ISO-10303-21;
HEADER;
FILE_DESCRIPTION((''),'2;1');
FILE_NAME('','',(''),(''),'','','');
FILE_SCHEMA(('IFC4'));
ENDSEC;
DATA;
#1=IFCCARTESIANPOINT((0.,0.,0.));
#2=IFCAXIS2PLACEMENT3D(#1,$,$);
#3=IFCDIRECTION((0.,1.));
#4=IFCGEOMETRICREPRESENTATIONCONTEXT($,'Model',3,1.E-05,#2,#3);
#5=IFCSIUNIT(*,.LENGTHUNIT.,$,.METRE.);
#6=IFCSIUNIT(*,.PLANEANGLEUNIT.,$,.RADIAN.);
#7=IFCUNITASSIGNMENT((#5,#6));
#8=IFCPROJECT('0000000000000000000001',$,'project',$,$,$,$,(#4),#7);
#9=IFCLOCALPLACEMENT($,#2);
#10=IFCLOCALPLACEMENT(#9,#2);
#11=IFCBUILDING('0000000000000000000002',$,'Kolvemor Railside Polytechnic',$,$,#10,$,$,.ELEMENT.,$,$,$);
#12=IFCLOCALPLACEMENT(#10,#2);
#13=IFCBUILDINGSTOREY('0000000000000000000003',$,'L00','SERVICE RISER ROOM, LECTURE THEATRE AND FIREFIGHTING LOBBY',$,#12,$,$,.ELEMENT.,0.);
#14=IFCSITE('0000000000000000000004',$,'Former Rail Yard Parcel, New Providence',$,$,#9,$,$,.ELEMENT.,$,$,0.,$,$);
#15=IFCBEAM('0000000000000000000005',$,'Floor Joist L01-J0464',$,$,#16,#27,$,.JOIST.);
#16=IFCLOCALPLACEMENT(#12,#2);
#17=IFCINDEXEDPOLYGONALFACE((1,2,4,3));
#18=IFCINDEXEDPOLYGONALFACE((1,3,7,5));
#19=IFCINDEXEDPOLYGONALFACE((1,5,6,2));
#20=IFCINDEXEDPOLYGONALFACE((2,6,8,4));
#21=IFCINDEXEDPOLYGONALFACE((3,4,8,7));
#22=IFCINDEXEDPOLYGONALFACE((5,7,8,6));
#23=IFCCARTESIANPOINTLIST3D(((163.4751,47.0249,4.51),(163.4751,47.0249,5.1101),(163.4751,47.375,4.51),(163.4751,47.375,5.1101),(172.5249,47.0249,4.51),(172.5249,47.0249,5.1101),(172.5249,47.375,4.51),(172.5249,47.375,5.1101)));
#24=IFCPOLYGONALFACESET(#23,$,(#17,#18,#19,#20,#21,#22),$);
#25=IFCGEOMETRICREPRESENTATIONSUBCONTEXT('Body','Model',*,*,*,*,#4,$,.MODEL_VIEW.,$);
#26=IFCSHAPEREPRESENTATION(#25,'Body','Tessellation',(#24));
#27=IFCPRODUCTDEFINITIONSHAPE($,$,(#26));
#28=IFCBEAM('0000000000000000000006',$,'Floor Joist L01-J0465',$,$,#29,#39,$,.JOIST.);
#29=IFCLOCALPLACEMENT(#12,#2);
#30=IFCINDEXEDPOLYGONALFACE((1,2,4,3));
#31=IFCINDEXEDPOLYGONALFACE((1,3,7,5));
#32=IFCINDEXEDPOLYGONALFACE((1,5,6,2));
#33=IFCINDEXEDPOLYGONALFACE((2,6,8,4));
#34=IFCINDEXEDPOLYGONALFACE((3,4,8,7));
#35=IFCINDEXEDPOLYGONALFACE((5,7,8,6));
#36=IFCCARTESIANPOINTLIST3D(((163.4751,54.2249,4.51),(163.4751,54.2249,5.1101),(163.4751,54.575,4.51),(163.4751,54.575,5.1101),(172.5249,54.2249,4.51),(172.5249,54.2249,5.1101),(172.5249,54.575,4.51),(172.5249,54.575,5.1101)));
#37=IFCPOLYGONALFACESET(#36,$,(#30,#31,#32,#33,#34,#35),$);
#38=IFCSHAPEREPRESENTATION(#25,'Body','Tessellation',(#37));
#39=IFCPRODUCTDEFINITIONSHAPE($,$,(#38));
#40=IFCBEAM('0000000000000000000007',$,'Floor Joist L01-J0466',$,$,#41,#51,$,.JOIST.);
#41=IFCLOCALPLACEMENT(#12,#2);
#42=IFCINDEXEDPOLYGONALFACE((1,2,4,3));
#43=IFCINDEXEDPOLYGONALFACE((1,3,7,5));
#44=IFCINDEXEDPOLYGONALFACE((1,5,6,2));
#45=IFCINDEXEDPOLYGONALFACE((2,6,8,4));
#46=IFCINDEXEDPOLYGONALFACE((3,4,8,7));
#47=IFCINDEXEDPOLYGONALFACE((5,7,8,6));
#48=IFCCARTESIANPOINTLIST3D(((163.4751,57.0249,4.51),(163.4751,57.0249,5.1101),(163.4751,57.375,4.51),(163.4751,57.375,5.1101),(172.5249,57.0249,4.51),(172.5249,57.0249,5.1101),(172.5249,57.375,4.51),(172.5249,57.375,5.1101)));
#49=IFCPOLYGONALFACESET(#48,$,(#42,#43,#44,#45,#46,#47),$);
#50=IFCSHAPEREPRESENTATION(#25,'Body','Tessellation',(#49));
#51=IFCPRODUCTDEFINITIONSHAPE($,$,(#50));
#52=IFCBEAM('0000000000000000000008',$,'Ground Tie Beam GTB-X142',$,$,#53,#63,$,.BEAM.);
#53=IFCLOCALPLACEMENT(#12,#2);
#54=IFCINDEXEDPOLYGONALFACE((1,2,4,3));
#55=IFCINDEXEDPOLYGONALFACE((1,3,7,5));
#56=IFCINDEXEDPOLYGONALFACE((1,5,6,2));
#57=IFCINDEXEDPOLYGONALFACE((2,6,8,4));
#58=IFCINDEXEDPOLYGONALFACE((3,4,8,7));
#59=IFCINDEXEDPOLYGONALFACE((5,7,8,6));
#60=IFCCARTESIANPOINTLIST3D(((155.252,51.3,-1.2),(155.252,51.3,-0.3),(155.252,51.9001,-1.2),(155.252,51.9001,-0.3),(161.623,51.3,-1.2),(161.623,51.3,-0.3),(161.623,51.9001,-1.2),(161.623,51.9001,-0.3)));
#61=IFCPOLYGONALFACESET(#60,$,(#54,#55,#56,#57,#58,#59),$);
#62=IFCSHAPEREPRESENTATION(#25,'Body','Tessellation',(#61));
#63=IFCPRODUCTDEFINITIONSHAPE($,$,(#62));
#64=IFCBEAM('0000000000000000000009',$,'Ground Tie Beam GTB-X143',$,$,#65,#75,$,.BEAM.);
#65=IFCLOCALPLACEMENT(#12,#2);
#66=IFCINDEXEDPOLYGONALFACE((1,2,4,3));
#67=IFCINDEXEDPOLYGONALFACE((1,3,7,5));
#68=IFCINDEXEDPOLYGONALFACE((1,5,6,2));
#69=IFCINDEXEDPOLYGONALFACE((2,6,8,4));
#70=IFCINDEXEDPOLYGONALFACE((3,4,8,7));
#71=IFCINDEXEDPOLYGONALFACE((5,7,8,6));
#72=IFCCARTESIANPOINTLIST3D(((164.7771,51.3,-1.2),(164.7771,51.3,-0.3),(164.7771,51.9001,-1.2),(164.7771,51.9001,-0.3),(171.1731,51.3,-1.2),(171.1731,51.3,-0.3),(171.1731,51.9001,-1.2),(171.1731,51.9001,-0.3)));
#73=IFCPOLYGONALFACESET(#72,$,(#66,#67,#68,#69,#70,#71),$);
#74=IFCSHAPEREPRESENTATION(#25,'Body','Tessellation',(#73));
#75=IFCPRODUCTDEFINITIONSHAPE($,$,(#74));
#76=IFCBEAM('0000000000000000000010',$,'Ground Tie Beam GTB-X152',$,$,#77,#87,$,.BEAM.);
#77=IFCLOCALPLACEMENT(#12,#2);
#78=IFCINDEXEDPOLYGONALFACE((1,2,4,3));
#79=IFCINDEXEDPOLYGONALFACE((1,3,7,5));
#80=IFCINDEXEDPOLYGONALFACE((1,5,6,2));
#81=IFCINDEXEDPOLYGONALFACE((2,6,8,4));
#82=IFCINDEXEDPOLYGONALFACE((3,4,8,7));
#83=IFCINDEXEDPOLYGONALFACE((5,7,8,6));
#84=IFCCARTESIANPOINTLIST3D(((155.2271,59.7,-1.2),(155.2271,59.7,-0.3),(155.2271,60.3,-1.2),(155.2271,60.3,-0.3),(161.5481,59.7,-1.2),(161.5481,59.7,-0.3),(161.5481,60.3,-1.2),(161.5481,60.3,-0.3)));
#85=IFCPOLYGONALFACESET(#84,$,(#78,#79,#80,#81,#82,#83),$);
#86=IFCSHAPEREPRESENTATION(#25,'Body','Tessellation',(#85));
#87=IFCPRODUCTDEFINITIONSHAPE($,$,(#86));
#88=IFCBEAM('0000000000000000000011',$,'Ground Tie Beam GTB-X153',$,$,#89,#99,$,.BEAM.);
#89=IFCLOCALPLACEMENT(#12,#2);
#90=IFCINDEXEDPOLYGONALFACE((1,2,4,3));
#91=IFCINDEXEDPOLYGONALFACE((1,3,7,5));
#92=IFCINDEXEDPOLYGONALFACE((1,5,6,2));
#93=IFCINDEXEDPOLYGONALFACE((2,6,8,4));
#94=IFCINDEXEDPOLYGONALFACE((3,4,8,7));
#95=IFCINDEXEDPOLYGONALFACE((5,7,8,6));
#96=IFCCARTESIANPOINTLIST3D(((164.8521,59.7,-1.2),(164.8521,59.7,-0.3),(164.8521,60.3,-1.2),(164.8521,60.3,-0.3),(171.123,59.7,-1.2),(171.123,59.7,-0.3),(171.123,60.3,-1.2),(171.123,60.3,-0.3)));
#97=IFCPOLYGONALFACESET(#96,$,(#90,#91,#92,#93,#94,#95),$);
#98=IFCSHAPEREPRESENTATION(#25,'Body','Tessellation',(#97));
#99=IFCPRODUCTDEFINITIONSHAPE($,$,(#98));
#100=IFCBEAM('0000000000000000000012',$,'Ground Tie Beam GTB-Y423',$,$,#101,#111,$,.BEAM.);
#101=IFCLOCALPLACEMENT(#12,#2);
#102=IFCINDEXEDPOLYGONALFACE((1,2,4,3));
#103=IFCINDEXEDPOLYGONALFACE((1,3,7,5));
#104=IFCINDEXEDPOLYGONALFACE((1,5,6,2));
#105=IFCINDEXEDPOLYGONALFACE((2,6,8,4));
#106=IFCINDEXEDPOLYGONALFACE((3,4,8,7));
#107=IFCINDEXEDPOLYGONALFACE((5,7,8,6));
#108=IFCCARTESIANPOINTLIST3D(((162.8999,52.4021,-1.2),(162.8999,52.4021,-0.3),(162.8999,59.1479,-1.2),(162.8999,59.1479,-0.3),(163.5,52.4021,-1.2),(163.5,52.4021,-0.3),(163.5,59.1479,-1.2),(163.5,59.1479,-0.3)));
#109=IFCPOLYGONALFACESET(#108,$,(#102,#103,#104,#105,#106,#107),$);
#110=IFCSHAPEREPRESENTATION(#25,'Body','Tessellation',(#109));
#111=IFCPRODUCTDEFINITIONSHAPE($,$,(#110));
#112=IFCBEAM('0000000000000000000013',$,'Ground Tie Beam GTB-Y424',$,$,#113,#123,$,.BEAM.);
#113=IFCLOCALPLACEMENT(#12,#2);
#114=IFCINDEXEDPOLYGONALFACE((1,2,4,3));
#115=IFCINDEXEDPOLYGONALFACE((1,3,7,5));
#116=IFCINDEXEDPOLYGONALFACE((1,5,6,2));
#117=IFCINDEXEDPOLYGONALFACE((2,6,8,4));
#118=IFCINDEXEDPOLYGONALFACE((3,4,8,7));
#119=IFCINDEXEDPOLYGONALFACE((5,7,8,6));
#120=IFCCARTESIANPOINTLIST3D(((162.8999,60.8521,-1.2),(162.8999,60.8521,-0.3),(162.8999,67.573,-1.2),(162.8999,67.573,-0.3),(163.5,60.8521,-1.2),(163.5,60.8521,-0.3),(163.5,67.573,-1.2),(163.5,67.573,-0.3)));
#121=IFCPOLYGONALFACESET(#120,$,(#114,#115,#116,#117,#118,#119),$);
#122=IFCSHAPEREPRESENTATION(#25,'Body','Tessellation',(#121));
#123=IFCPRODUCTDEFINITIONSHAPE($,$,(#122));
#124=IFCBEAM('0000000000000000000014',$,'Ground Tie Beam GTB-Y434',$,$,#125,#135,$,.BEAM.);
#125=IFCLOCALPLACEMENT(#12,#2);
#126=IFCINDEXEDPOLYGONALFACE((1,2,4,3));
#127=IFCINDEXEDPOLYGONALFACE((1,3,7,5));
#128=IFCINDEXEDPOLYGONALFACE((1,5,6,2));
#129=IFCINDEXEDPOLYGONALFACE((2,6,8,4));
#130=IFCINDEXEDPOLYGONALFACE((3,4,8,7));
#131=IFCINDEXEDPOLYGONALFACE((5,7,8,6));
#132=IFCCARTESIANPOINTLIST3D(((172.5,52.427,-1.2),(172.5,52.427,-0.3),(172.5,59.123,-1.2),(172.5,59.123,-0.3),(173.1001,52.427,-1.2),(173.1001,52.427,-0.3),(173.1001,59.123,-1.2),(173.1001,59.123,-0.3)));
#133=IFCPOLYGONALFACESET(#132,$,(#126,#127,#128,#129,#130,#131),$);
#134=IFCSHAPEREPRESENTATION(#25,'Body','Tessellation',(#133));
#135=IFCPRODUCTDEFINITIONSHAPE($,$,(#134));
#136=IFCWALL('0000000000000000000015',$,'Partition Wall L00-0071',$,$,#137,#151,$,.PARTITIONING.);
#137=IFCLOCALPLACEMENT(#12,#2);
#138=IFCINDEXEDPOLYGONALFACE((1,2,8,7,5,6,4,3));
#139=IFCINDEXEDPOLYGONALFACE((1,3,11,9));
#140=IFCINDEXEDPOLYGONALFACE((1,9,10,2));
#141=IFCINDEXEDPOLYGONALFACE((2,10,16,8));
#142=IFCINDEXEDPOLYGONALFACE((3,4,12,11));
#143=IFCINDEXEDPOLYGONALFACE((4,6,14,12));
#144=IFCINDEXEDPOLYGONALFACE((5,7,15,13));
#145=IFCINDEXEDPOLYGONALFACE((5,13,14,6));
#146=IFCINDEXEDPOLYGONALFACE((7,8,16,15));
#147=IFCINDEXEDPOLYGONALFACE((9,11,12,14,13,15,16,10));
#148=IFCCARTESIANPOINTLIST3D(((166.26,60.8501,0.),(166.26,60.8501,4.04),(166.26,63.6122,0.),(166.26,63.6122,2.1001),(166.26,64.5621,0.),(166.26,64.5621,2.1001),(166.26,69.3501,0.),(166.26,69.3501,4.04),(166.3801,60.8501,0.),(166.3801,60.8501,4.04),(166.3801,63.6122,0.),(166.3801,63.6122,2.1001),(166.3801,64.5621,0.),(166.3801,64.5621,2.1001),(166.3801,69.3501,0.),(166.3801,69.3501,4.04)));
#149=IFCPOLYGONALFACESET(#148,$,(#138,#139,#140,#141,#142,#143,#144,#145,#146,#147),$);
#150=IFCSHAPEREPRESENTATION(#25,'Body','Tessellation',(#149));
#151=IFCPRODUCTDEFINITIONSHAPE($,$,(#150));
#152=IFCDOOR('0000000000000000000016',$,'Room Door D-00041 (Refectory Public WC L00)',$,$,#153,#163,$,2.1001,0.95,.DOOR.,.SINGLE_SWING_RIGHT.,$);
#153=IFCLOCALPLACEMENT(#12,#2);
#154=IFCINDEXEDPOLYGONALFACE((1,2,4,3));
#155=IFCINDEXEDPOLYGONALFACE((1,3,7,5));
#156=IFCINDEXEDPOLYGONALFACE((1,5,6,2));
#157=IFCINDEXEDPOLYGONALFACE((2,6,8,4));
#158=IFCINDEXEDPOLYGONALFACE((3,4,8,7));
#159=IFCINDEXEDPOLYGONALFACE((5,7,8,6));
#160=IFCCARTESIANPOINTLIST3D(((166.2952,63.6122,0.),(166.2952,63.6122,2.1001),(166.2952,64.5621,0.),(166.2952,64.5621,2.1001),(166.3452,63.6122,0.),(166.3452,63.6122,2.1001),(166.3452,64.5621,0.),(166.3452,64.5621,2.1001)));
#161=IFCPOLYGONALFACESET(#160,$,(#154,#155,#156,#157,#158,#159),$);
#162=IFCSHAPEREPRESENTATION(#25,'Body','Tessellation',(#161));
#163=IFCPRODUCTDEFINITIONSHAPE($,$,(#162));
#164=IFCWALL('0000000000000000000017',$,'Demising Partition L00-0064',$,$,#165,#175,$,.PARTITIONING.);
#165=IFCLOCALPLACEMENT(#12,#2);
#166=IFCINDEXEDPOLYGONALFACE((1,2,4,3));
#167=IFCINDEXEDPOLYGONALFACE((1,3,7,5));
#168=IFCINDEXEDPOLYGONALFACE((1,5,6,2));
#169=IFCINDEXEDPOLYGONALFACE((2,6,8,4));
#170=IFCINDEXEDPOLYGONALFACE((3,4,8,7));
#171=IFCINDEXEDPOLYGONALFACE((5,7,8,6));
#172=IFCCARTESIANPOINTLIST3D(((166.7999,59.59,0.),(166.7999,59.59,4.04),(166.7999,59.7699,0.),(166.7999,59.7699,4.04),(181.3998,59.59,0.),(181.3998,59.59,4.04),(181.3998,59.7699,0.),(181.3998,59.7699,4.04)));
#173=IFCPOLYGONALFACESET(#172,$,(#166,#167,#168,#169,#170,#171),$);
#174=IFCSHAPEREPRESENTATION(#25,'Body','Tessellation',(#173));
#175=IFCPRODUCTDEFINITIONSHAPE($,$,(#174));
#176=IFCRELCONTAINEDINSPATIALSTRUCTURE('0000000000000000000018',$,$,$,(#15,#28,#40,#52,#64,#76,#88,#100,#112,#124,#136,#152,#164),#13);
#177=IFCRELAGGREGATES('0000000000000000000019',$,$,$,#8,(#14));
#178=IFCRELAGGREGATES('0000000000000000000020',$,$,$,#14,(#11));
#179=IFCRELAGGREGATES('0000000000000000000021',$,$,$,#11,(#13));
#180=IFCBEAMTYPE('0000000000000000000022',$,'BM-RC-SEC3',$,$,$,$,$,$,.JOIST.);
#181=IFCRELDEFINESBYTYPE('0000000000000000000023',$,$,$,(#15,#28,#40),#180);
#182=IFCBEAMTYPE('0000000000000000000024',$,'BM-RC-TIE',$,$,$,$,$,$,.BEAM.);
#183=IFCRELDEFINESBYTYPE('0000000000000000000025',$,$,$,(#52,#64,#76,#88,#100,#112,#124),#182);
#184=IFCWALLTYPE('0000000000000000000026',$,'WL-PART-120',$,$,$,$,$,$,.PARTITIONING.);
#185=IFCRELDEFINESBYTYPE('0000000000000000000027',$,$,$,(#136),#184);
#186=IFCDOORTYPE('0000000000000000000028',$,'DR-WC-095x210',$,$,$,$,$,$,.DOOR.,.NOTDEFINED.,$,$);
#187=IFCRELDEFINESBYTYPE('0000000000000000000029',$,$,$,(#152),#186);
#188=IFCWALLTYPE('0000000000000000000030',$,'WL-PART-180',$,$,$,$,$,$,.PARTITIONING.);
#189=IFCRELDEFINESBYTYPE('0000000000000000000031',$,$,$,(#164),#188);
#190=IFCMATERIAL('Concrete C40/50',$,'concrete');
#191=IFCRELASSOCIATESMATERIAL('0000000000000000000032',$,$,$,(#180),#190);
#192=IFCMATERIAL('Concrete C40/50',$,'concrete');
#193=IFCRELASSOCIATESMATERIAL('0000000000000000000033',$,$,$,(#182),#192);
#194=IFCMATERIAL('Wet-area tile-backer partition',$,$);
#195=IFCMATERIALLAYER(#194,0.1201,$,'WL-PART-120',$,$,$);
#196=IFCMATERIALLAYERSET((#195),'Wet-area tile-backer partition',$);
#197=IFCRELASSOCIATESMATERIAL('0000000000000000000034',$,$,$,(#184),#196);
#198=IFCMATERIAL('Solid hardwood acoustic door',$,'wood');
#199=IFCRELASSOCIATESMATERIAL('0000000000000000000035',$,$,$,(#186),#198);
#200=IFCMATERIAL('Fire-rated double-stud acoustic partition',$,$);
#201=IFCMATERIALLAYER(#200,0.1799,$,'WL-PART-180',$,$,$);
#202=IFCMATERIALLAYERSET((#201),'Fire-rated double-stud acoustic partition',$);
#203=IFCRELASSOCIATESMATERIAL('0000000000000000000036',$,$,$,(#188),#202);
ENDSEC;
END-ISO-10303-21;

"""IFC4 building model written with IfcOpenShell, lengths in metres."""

from ifc_helpers import new_model, si_unit, direction, frame, frame_2d, origin, origin_2d, place, context, subcontext, project, spatial, rectangle, extrude, material, layer, layer_set, material_profile, profile_set, type_object, element, fill, save


model = new_model("IFC4")

# Units and contexts
model_context = context("Model", 3, precision=1e-05, world=origin(), true_north=direction((0.0, 1.0)))
body_context = subcontext(model_context, "Body", "Model", "MODEL_VIEW")
ifc_project = project(units=[si_unit("LENGTHUNIT", "METRE"), si_unit("PLANEANGLEUNIT", "RADIAN")], contexts=[model_context])

# Site, building, storey
site_placement = place(None, origin())
site = spatial("IfcSite", under=ifc_project, at=site_placement, Name="Former Rail Yard Parcel, New Providence", CompositionType="ELEMENT", RefElevation=0.0)
building_placement = place(site_placement, origin())
building = spatial("IfcBuilding", under=site, at=building_placement, Name="Kolvemor Railside Polytechnic", CompositionType="ELEMENT")
storey_placement = place(building_placement, origin())
storey = spatial("IfcBuildingStorey", under=building, at=storey_placement, Name="L00", Description="SERVICE RISER ROOM, LECTURE THEATRE AND FIREFIGHTING LOBBY", CompositionType="ELEMENT", Elevation=0.0)

# Beams
ifc_material_1 = material(Name="Concrete C40/50", Category="concrete")
ifc_material_profile_1 = material_profile(ifc_material_1, rectangle(XDim=0.3501, YDim=0.6001, at=origin_2d()), Name="RC350x600")
ifc_profile_set_1 = profile_set([ifc_material_profile_1], Name="Concrete C40/50")
beam_type_1 = type_object("IfcBeamType", Name="BM-RC-SEC3", PredefinedType="JOIST", material=ifc_profile_set_1)
for number, where, z_axis, x_axis, name in (
    (1, (163.4751, 47.2, 4.8101), (1.0, 0.0, 0.0), (0.0, 1.0, 0.0), "Floor Joist L01-J0464"),
    (2, (163.4751, 54.3999, 4.8101), (1.0, 0.0, 0.0), (0.0, 1.0, 0.0), "Floor Joist L01-J0465"),
    (3, (163.4751, 57.2, 4.8101), (1.0, 0.0, 0.0), (0.0, 1.0, 0.0), "Floor Joist L01-J0466"),
):
    element("IfcBeam", number, at=place(storey_placement, frame(where, z_axis=z_axis, x_axis=x_axis)), inside=storey, type_object=beam_type_1, Name=name, PredefinedType="JOIST", context=body_context, shape_type="SweptSolid", body=[
        extrude(rectangle(XDim=0.3501, YDim=0.6001, at=origin_2d()), origin(), (0.0, 0.0, 1.0), 9.0498),
    ])
ifc_material_2 = material(Name="Concrete C40/50", Category="concrete")
ifc_material_profile_2 = material_profile(ifc_material_2, rectangle(XDim=0.6001, YDim=0.8999, at=origin_2d()), Name="RC600x900")
ifc_profile_set_2 = profile_set([ifc_material_profile_2], Name="Concrete C40/50")
beam_type_2 = type_object("IfcBeamType", Name="BM-RC-TIE", PredefinedType="BEAM", material=ifc_profile_set_2)
beam_1_placement = place(storey_placement, frame((155.252, 51.6001, -0.75), z_axis=(1.0, 0.0, 0.0), x_axis=(0.0, 1.0, 0.0)))
element("IfcBeam", 4, at=beam_1_placement, inside=storey, type_object=beam_type_2, Name="Ground Tie Beam GTB-X142", PredefinedType="BEAM", context=body_context, shape_type="SweptSolid", body=[
    extrude(rectangle(XDim=0.6001, YDim=0.8999, at=origin_2d()), origin(), (0.0, 0.0, 1.0), 6.3711),
])
beam_2_placement = place(storey_placement, frame((164.7771, 51.6001, -0.75), z_axis=(1.0, 0.0, 0.0), x_axis=(0.0, 1.0, 0.0)))
element("IfcBeam", 5, at=beam_2_placement, inside=storey, type_object=beam_type_2, Name="Ground Tie Beam GTB-X143", PredefinedType="BEAM", context=body_context, shape_type="SweptSolid", body=[
    extrude(rectangle(XDim=0.6001, YDim=0.8999, at=origin_2d()), origin(), (0.0, 0.0, 1.0), 6.396),
])
beam_3_placement = place(storey_placement, frame((155.2271, 60.0, -0.75), z_axis=(1.0, 0.0, 0.0), x_axis=(0.0, 1.0, 0.0)))
element("IfcBeam", 6, at=beam_3_placement, inside=storey, type_object=beam_type_2, Name="Ground Tie Beam GTB-X152", PredefinedType="BEAM", context=body_context, shape_type="SweptSolid", body=[
    extrude(rectangle(XDim=0.6001, YDim=0.8999, at=origin_2d()), origin(), (0.0, 0.0, 1.0), 6.321),
])
beam_4_placement = place(storey_placement, frame((164.8521, 60.0, -0.75), z_axis=(1.0, 0.0, 0.0), x_axis=(0.0, 1.0, 0.0)))
element("IfcBeam", 7, at=beam_4_placement, inside=storey, type_object=beam_type_2, Name="Ground Tie Beam GTB-X153", PredefinedType="BEAM", context=body_context, shape_type="SweptSolid", body=[
    extrude(rectangle(XDim=0.6001, YDim=0.8999, at=origin_2d()), origin(), (0.0, 0.0, 1.0), 6.271),
])
beam_5_placement = place(storey_placement, frame((163.2, 52.4021, -0.75), z_axis=(0.0, 1.0, 0.0), x_axis=(-1.0, 0.0, 0.0)))
element("IfcBeam", 8, at=beam_5_placement, inside=storey, type_object=beam_type_2, Name="Ground Tie Beam GTB-Y423", PredefinedType="BEAM", context=body_context, shape_type="SweptSolid", body=[
    extrude(rectangle(XDim=0.6001, YDim=0.8999, at=origin_2d()), origin(), (0.0, 0.0, 1.0), 6.7458),
])
beam_6_placement = place(storey_placement, frame((163.2, 60.8521, -0.75), z_axis=(0.0, 1.0, 0.0), x_axis=(-1.0, 0.0, 0.0)))
element("IfcBeam", 9, at=beam_6_placement, inside=storey, type_object=beam_type_2, Name="Ground Tie Beam GTB-Y424", PredefinedType="BEAM", context=body_context, shape_type="SweptSolid", body=[
    extrude(rectangle(XDim=0.6001, YDim=0.8999, at=origin_2d()), origin(), (0.0, 0.0, 1.0), 6.7209),
])
beam_7_placement = place(storey_placement, frame((172.8, 52.427, -0.75), z_axis=(0.0, 1.0, 0.0), x_axis=(-1.0, 0.0, 0.0)))
element("IfcBeam", 10, at=beam_7_placement, inside=storey, type_object=beam_type_2, Name="Ground Tie Beam GTB-Y434", PredefinedType="BEAM", context=body_context, shape_type="SweptSolid", body=[
    extrude(rectangle(XDim=0.6001, YDim=0.8999, at=origin_2d()), origin(), (0.0, 0.0, 1.0), 6.696),
])

# Wall, opening, door
ifc_material_3 = material(Name="Wet-area tile-backer partition")
ifc_layer_1 = layer(ifc_material_3, 0.1201, Name="WL-PART-120")
ifc_layer_set_1 = layer_set([ifc_layer_1], Name="Wet-area tile-backer partition")
wall_type_1 = type_object("IfcWallType", Name="WL-PART-120", PredefinedType="PARTITIONING", material=ifc_layer_set_1)
wall_1_placement = place(storey_placement, frame((166.3201, 60.8501, 0.0), z_axis=(0.0, 0.0, 1.0), x_axis=(0.0, 1.0, 0.0)))
wall_1 = element("IfcWall", 11, at=wall_1_placement, inside=storey, type_object=wall_type_1, Name="Partition Wall L00-0071", PredefinedType="PARTITIONING", context=body_context, shape_type="SweptSolid", body=[
    extrude(rectangle(XDim=8.5, YDim=0.1201, at=frame_2d((4.25, 0.0))), origin(), (0.0, 0.0, 1.0), 4.04),
])
opening_1_placement = place(wall_1_placement, frame((2.762, 0.0, 0.0)))
opening_1 = element("IfcOpeningElement", 12, at=opening_1_placement, cuts=wall_1, PredefinedType="OPENING", context=body_context, shape_type="SweptSolid", body=[
    extrude(rectangle(XDim=0.95, YDim=2.1001, at=frame_2d((0.4751, 1.05))), frame((0.0, 0.0701, 0.0), z_axis=(0.0, -1.0, 0.0), x_axis=(1.0, 0.0, 0.0)), (0.0, 0.0, 1.0), 0.1401),
])
ifc_material_4 = material(Name="Solid hardwood acoustic door", Category="wood")
door_type_1 = type_object("IfcDoorType", Name="DR-WC-095x210", OperationType="NOTDEFINED", PredefinedType="DOOR", material=ifc_material_4)
door_1_placement = place(opening_1_placement, origin())
door_1 = element("IfcDoor", 13, at=door_1_placement, inside=storey, type_object=door_type_1, Name="Room Door D-00041 (Refectory Public WC L00)", OperationType="SINGLE_SWING_RIGHT", OverallHeight=2.1001, OverallWidth=0.95, PredefinedType="DOOR", context=body_context, shape_type="SweptSolid", body=[
    extrude(rectangle(XDim=0.95, YDim=2.1001, at=frame_2d((0.4751, 1.05))), frame((0.0, 0.0249, 0.0), z_axis=(0.0, -1.0, 0.0), x_axis=(1.0, 0.0, 0.0)), (0.0, 0.0, 1.0), 0.05),
])
fill(opening_1, door_1)

# Wall
ifc_material_5 = material(Name="Fire-rated double-stud acoustic partition")
ifc_layer_2 = layer(ifc_material_5, 0.1799, Name="WL-PART-180")
ifc_layer_set_2 = layer_set([ifc_layer_2], Name="Fire-rated double-stud acoustic partition")
wall_type_2 = type_object("IfcWallType", Name="WL-PART-180", PredefinedType="PARTITIONING", material=ifc_layer_set_2)
wall_2_placement = place(storey_placement, frame((166.8, 59.6799, 0.0), z_axis=(0.0, 0.0, 1.0), x_axis=(1.0, 0.0, 0.0)))
element("IfcWall", 14, at=wall_2_placement, inside=storey, type_object=wall_type_2, Name="Demising Partition L00-0064", PredefinedType="PARTITIONING", context=body_context, shape_type="SweptSolid", body=[
    extrude(rectangle(XDim=14.5999, YDim=0.1799, at=frame_2d((7.2998, 0.0))), origin(), (0.0, 0.0, 1.0), 4.04),
])

save(model, "model.ifc")
